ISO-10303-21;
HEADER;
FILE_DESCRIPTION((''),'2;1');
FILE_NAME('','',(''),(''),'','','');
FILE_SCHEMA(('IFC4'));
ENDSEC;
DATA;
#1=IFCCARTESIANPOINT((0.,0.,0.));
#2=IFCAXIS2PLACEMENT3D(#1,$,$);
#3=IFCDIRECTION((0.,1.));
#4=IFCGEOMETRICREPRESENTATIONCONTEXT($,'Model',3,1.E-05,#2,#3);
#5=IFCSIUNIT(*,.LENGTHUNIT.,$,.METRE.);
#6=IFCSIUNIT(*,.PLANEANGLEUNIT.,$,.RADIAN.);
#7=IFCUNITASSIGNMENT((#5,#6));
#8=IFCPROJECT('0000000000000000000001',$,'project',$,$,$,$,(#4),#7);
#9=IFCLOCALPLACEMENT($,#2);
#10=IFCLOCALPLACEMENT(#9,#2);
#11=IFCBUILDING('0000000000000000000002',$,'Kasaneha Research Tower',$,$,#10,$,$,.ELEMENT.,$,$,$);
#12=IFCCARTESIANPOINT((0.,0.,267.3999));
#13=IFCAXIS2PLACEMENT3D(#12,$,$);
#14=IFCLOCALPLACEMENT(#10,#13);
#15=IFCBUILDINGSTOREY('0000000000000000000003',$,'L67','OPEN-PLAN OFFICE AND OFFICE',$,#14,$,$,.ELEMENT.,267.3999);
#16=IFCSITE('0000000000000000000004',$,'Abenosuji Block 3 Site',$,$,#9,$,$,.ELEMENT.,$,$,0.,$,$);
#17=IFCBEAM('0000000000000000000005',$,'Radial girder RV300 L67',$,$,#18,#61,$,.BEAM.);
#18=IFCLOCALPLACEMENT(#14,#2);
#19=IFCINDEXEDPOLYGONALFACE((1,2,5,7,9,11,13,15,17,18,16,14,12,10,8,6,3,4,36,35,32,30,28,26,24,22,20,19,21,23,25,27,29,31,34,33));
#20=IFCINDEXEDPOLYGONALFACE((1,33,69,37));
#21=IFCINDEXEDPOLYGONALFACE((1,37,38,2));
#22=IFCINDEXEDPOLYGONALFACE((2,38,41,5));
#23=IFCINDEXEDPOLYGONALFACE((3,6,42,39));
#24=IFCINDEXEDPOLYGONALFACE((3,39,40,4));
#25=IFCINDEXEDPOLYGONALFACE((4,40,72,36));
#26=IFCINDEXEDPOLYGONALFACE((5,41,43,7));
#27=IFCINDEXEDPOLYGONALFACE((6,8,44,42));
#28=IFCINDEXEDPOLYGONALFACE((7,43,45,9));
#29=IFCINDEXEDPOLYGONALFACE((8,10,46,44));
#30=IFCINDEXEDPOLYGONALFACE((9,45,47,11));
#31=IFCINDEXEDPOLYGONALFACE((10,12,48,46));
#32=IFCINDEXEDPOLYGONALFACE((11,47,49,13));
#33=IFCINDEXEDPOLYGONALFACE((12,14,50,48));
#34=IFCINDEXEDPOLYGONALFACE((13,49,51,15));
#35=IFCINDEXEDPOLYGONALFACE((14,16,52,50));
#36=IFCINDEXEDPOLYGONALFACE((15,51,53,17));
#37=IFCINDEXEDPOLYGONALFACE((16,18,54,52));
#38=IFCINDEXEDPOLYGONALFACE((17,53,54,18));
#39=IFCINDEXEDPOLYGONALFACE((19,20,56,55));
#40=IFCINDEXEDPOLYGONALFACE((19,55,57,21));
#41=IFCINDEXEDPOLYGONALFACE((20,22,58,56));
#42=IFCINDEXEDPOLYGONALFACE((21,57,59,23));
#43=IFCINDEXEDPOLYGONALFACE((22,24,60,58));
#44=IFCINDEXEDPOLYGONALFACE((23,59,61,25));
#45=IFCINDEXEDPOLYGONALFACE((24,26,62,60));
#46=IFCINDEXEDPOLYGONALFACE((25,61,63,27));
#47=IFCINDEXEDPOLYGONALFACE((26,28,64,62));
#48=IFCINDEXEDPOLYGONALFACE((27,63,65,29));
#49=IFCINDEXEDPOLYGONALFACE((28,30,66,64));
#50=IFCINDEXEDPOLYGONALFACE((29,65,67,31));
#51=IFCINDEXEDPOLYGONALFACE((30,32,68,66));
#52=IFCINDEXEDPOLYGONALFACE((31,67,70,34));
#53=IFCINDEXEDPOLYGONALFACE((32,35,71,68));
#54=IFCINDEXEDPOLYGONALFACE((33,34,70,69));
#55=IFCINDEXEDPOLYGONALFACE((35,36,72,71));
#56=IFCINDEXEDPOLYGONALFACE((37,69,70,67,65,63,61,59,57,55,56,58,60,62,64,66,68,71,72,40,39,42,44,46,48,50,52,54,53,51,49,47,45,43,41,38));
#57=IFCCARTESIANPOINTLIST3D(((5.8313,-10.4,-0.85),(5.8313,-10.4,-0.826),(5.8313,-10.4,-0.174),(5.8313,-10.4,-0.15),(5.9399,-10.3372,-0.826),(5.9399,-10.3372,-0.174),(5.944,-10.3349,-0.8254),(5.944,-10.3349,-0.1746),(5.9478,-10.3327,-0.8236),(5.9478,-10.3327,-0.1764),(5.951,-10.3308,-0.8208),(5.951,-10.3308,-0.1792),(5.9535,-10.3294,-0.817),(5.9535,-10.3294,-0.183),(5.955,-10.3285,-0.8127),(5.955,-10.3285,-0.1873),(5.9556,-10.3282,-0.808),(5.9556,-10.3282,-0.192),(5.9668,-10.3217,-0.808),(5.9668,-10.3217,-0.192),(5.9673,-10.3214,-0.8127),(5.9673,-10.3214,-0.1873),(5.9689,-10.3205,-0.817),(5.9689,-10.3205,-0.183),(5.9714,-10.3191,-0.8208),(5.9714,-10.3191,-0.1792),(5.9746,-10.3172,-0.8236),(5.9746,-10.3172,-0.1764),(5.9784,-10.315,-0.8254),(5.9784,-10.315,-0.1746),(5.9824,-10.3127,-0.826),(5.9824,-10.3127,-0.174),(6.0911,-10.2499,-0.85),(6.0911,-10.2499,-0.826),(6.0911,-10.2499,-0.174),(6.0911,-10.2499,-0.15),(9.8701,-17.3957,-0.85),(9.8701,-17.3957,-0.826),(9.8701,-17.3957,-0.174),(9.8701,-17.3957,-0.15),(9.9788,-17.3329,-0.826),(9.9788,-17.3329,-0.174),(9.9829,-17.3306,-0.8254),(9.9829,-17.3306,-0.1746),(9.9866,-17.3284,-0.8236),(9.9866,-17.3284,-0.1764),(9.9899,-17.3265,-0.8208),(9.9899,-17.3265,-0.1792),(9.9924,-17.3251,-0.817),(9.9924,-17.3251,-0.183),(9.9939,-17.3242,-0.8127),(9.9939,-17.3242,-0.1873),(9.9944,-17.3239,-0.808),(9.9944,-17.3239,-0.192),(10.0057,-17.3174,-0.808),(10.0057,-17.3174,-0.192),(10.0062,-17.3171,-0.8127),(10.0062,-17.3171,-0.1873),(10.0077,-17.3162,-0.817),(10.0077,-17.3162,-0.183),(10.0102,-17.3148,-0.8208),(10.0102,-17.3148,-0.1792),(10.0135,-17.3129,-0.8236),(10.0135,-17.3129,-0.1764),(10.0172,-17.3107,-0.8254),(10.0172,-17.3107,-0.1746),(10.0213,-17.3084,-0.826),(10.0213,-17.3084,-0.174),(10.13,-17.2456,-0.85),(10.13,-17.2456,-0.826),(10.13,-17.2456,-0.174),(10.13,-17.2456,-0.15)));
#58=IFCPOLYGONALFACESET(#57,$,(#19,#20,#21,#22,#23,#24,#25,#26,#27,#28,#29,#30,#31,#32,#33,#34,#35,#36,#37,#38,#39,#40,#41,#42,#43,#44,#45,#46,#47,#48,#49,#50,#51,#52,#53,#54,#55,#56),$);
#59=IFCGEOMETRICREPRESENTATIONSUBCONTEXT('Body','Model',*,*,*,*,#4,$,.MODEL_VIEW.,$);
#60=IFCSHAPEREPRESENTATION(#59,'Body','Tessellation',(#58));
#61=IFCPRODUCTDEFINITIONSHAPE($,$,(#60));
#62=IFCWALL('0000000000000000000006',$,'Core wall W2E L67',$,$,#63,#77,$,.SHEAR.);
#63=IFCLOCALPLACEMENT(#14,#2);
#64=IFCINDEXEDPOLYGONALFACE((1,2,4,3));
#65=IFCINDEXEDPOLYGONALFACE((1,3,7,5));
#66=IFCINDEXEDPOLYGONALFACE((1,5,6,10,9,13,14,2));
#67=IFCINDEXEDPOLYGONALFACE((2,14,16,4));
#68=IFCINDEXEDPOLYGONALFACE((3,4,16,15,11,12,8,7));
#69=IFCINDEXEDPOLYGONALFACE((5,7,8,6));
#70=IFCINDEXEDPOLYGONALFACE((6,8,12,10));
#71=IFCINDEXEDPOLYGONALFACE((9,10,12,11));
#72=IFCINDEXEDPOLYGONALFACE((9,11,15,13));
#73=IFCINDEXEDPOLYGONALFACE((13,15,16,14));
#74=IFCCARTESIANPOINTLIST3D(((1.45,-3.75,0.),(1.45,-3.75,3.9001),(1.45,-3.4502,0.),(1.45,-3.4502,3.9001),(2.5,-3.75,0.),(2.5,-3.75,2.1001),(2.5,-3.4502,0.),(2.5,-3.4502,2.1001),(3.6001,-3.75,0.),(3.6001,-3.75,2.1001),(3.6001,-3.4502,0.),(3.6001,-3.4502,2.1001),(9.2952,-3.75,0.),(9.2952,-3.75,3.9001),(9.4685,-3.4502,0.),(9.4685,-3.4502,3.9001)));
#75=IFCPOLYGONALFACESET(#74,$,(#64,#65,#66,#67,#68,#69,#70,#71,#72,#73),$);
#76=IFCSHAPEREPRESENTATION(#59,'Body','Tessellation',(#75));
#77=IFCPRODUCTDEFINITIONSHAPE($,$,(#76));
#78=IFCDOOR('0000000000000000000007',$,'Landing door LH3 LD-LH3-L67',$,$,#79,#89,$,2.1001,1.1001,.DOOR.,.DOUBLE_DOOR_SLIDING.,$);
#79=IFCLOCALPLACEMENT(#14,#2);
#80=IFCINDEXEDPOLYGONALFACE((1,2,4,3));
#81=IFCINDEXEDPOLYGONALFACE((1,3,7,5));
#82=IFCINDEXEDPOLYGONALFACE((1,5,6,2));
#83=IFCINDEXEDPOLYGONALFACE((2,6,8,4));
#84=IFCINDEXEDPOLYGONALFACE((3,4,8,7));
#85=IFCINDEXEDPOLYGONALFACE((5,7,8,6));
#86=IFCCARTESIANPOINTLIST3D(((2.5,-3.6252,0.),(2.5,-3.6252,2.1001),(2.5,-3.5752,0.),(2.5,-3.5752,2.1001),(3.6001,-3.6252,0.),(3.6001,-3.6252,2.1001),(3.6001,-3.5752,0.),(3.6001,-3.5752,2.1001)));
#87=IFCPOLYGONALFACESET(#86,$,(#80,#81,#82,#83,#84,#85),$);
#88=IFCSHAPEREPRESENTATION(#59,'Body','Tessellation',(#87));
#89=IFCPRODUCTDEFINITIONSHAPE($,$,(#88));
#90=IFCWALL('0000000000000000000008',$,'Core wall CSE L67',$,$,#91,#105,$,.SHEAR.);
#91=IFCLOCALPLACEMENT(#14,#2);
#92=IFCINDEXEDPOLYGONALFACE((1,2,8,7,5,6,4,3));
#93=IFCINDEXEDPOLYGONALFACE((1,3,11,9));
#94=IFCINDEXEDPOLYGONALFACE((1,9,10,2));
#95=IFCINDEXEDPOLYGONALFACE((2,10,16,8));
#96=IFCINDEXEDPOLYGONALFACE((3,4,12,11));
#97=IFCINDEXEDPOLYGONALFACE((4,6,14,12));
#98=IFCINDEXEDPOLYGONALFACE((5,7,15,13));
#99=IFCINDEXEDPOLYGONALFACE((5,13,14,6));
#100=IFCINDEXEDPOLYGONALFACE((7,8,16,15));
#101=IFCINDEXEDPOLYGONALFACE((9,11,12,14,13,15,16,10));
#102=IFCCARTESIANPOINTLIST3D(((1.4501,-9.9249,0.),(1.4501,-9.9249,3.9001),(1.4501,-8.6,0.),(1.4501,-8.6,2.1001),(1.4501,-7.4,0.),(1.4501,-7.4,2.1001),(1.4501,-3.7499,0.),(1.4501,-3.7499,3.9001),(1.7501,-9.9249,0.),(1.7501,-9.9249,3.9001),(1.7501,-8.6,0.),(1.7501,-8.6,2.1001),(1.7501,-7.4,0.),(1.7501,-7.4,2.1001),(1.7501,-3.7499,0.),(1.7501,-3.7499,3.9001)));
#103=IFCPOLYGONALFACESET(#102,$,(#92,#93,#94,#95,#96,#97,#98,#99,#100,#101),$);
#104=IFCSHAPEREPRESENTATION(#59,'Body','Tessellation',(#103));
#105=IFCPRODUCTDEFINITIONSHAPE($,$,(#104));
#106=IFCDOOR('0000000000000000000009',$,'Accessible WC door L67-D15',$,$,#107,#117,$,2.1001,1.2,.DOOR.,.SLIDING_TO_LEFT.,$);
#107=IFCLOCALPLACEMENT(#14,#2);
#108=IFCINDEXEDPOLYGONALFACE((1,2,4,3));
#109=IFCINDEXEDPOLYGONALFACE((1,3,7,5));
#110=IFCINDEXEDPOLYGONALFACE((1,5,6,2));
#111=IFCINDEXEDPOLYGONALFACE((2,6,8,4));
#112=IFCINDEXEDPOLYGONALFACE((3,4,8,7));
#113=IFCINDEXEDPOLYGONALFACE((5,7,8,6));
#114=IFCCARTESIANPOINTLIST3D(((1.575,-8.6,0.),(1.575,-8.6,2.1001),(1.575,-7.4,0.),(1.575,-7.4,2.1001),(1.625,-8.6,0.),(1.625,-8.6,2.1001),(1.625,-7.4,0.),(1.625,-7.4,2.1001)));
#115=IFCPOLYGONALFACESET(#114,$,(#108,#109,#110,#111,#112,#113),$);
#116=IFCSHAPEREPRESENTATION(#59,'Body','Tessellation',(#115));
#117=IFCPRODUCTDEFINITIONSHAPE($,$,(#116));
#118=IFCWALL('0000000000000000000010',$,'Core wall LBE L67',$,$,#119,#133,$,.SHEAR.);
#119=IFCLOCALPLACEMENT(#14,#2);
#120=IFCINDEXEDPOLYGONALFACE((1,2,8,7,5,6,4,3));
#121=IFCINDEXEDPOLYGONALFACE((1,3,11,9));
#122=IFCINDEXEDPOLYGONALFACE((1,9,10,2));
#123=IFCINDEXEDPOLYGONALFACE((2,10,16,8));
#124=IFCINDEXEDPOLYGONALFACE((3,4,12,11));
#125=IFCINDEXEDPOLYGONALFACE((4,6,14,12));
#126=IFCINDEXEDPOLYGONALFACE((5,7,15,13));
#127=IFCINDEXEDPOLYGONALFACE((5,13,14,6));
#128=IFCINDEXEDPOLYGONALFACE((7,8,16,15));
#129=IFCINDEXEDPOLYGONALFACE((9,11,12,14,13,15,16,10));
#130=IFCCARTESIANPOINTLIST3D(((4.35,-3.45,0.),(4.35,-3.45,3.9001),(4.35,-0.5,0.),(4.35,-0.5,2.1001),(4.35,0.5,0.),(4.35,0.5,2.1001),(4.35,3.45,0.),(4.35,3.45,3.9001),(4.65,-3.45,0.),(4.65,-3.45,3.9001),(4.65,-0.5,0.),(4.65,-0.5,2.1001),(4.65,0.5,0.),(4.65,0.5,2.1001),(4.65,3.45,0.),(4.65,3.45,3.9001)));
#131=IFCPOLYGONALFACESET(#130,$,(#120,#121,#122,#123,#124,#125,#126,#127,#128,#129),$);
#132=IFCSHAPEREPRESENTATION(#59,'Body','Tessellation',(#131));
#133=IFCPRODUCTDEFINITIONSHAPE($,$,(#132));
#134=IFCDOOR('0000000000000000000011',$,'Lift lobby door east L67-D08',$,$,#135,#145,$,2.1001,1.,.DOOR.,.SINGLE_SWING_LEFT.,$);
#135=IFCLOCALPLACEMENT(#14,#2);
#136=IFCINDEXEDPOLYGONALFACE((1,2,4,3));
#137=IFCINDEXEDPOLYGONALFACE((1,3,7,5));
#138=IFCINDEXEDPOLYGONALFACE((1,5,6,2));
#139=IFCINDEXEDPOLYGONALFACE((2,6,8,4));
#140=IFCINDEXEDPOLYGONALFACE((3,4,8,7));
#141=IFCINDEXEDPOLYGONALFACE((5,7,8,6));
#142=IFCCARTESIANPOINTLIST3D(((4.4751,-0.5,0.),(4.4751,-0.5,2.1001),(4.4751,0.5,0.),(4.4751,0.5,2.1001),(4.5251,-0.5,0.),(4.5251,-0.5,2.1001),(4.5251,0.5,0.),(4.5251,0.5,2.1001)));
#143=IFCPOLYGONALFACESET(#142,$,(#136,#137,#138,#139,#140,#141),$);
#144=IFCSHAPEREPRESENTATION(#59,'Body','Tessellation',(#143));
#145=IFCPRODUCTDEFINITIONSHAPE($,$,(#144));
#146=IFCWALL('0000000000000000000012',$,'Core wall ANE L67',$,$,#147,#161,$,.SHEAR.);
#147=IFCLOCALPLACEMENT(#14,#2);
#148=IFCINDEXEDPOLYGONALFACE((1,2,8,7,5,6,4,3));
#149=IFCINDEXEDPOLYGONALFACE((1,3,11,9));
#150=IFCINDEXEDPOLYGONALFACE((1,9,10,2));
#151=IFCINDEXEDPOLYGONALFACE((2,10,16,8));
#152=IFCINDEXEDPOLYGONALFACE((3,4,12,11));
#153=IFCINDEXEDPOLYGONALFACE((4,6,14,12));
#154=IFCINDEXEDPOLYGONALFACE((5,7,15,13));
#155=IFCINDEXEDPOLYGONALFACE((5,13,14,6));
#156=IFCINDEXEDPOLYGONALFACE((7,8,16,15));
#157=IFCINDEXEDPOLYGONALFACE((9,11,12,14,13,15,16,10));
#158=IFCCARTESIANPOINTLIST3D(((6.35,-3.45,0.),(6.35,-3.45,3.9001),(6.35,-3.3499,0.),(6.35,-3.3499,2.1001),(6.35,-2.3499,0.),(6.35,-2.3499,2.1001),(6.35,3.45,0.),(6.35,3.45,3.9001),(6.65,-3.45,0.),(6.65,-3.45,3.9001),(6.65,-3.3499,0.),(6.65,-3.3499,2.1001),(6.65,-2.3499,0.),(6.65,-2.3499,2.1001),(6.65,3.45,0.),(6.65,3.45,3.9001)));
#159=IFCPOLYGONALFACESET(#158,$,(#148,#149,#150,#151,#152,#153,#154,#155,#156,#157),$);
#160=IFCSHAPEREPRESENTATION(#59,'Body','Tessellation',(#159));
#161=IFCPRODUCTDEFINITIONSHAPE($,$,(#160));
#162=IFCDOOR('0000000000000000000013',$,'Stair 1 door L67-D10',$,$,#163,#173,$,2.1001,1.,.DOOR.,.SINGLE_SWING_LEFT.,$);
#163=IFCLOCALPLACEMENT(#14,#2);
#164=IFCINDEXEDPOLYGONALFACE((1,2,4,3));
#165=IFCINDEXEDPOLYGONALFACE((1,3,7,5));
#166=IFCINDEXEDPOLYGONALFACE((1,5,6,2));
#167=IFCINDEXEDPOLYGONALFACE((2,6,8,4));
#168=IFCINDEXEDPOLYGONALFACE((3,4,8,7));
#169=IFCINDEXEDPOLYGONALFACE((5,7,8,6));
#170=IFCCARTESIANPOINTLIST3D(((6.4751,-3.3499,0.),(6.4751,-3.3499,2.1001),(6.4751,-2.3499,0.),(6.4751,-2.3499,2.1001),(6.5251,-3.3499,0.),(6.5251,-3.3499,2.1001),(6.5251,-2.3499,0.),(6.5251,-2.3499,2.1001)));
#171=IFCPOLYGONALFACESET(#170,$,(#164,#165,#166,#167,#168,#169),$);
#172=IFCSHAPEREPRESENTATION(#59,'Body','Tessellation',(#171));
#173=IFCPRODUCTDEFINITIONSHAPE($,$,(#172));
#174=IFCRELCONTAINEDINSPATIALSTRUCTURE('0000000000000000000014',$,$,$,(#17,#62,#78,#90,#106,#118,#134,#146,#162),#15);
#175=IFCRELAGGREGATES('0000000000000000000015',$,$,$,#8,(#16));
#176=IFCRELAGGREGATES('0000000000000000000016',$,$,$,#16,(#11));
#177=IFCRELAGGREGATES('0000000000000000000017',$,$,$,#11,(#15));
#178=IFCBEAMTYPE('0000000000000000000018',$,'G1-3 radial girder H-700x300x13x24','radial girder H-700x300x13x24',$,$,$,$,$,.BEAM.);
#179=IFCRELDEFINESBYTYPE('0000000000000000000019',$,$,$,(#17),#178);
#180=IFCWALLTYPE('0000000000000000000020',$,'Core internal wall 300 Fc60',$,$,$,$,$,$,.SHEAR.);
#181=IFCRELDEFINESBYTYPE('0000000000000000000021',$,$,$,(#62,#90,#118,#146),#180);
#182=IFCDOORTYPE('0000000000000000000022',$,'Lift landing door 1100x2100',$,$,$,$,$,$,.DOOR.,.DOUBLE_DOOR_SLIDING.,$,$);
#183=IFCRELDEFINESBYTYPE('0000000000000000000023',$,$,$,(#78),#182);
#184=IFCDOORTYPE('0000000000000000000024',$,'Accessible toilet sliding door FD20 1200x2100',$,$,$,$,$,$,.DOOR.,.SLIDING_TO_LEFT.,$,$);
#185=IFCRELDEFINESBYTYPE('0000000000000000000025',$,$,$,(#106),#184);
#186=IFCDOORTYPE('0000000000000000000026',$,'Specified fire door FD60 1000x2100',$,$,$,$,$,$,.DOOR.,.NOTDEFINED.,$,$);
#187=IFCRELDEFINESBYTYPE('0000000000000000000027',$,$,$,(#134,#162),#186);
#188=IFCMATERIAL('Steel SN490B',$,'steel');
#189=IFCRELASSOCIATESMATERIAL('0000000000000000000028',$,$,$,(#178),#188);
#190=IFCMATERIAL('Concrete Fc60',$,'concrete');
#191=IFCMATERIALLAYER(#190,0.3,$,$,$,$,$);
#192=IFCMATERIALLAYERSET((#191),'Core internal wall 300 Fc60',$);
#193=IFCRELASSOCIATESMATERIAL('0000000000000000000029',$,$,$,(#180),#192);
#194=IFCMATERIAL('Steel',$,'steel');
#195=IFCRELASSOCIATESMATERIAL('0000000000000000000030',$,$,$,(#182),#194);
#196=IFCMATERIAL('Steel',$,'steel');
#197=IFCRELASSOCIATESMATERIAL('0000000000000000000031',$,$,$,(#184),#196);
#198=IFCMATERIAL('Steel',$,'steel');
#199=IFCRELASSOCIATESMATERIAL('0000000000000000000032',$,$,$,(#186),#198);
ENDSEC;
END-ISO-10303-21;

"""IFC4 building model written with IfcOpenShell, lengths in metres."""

from ifc_helpers import new_model, si_unit, direction, frame, frame_2d, origin, origin_2d, place, context, subcontext, project, spatial, polyline, rectangle, i_section, outline, extrude, material, layer, layer_set, material_profile, profile_set, type_object, element, fill, save


model = new_model("IFC4")

# Units and contexts
model_context = context("Model", 3, precision=1e-05, world=origin(), true_north=direction((0.0, 1.0)))
body_context = subcontext(model_context, "Body", "Model", "MODEL_VIEW")
ifc_project = project(units=[si_unit("LENGTHUNIT", "METRE"), si_unit("PLANEANGLEUNIT", "RADIAN")], contexts=[model_context])

# Site, building, storey
site_placement = place(None, origin())
site = spatial("IfcSite", under=ifc_project, at=site_placement, Name="Abenosuji Block 3 Site", CompositionType="ELEMENT", RefElevation=0.0)
building_placement = place(site_placement, origin())
building = spatial("IfcBuilding", under=site, at=building_placement, Name="Kasaneha Research Tower", CompositionType="ELEMENT")
storey_placement = place(building_placement, frame((0.0, 0.0, 267.3999)))
storey = spatial("IfcBuildingStorey", under=building, at=storey_placement, Name="L67", Description="OPEN-PLAN OFFICE AND OFFICE", CompositionType="ELEMENT", Elevation=267.3999)

# Beam
ifc_material_1 = material(Name="Steel SN490B", Category="steel")
ifc_material_profile = material_profile(ifc_material_1, i_section(OverallWidth=0.3, OverallDepth=0.7, WebThickness=0.0129, FlangeThickness=0.0239, FilletRadius=0.0181, at=origin_2d()), Name="H-700x300x13x24")
ifc_profile_set = profile_set([ifc_material_profile], Name="Steel SN490B")
beam_type = type_object("IfcBeamType", Name="G1-3 radial girder H-700x300x13x24", Description="radial girder H-700x300x13x24", PredefinedType="BEAM", material=ifc_profile_set)
beam_placement = place(storey_placement, frame((5.9612, -10.325, -0.5), z_axis=(0.499991, -0.866031, 0.0), x_axis=(0.866031, 0.499991, 0.0)))
element("IfcBeam", 1, at=beam_placement, inside=storey, type_object=beam_type, Name="Radial girder RV300 L67", PredefinedType="BEAM", context=body_context, shape_type="SweptSolid", body=[
    extrude(i_section(OverallWidth=0.3, OverallDepth=0.7, WebThickness=0.0129, FlangeThickness=0.0239, FilletRadius=0.0181, at=origin_2d()), origin(), (0.0, 0.0, 1.0), 8.0779),
])

# Walls, openings, doors
ifc_material_2 = material(Name="Concrete Fc60", Category="concrete")
ifc_layer_1 = layer(ifc_material_2, 0.3)
ifc_layer_set_1 = layer_set([ifc_layer_1], Name="Core internal wall 300 Fc60")
wall_type_1 = type_object("IfcWallType", Name="Core internal wall 300 Fc60", PredefinedType="SHEAR", material=ifc_layer_set_1)
wall_1_placement = place(storey_placement, frame((1.45, -3.6001, 0.0), z_axis=(0.0, 0.0, 1.0), x_axis=(1.0, 0.0, 0.0)))
wall_1 = element("IfcWall", 2, at=wall_1_placement, inside=storey, type_object=wall_type_1, Name="Core wall W2E L67", PredefinedType="SHEAR", context=body_context, shape_type="SweptSolid", body=[
    extrude(outline(polyline([(0.0, -0.1499), (1.05, -0.1499), (2.1501, -0.1499), (7.8452, -0.1499), (8.0186, 0.1499), (2.1501, 0.1499), (1.05, 0.1499), (0.0, 0.1499), (0.0, -0.1499)])), origin(), (0.0, 0.0, 1.0), 3.9001),
])
opening_1_placement = place(wall_1_placement, frame((1.05, 0.0, 0.0)))
opening_1 = element("IfcOpeningElement", 3, at=opening_1_placement, cuts=wall_1, PredefinedType="OPENING", context=body_context, shape_type="SweptSolid", body=[
    extrude(rectangle(XDim=1.1001, YDim=2.1001, at=frame_2d((0.55, 1.05))), frame((0.0, 0.1602, 0.0), z_axis=(0.0, -1.0, 0.0), x_axis=(1.0, 0.0, 0.0)), (0.0, 0.0, 1.0), 0.3201),
])
ifc_material_3 = material(Name="Steel", Category="steel")
door_type_1 = type_object("IfcDoorType", Name="Lift landing door 1100x2100", OperationType="DOUBLE_DOOR_SLIDING", PredefinedType="DOOR", material=ifc_material_3)
door_1_placement = place(opening_1_placement, origin())
door_1 = element("IfcDoor", 4, at=door_1_placement, inside=storey, type_object=door_type_1, Name="Landing door LH3 LD-LH3-L67", OperationType="DOUBLE_DOOR_SLIDING", OverallHeight=2.1001, OverallWidth=1.1001, PredefinedType="DOOR", context=body_context, shape_type="SweptSolid", body=[
    extrude(rectangle(XDim=1.1001, YDim=2.1001, at=frame_2d((0.55, 1.05))), frame((0.0, 0.0249, 0.0), z_axis=(0.0, -1.0, 0.0), x_axis=(1.0, 0.0, 0.0)), (0.0, 0.0, 1.0), 0.05),
])
fill(opening_1, door_1)
wall_2_placement = place(storey_placement, frame((1.6001, -3.75, 0.0), z_axis=(0.0, 0.0, 1.0), x_axis=(0.0, -1.0, 0.0)))
wall_2 = element("IfcWall", 5, at=wall_2_placement, inside=storey, type_object=wall_type_1, Name="Core wall CSE L67", PredefinedType="SHEAR", context=body_context, shape_type="SweptSolid", body=[
    extrude(rectangle(XDim=6.175, YDim=0.3, at=frame_2d((3.0874, 0.0))), origin(), (0.0, 0.0, 1.0), 3.9001),
])
opening_2_placement = place(wall_2_placement, frame((3.6499, 0.0, 0.0)))
opening_2 = element("IfcOpeningElement", 6, at=opening_2_placement, cuts=wall_2, PredefinedType="OPENING", context=body_context, shape_type="SweptSolid", body=[
    extrude(rectangle(XDim=1.2, YDim=2.1001, at=frame_2d((0.6001, 1.05))), frame((0.0, 0.1602, 0.0), z_axis=(0.0, -1.0, 0.0), x_axis=(1.0, 0.0, 0.0)), (0.0, 0.0, 1.0), 0.3201),
])
ifc_material_4 = material(Name="Steel", Category="steel")
door_type_2 = type_object("IfcDoorType", Name="Accessible toilet sliding door FD20 1200x2100", OperationType="SLIDING_TO_LEFT", PredefinedType="DOOR", material=ifc_material_4)
door_2_placement = place(opening_2_placement, origin())
door_2 = element("IfcDoor", 7, at=door_2_placement, inside=storey, type_object=door_type_2, Name="Accessible WC door L67-D15", OperationType="SLIDING_TO_LEFT", OverallHeight=2.1001, OverallWidth=1.2, PredefinedType="DOOR", context=body_context, shape_type="SweptSolid", body=[
    extrude(rectangle(XDim=1.2, YDim=2.1001, at=frame_2d((0.6001, 1.05))), frame((0.0, 0.0249, 0.0), z_axis=(0.0, -1.0, 0.0), x_axis=(1.0, 0.0, 0.0)), (0.0, 0.0, 1.0), 0.05),
])
fill(opening_2, door_2)
wall_3_placement = place(storey_placement, frame((4.5, -3.45, 0.0), z_axis=(0.0, 0.0, 1.0), x_axis=(0.0, 1.0, 0.0)))
wall_3 = element("IfcWall", 8, at=wall_3_placement, inside=storey, type_object=wall_type_1, Name="Core wall LBE L67", PredefinedType="SHEAR", context=body_context, shape_type="SweptSolid", body=[
    extrude(rectangle(XDim=6.8999, YDim=0.3, at=frame_2d((3.45, 0.0))), origin(), (0.0, 0.0, 1.0), 3.9001),
])
opening_3_placement = place(wall_3_placement, frame((2.95, 0.0, 0.0)))
opening_3 = element("IfcOpeningElement", 9, at=opening_3_placement, cuts=wall_3, PredefinedType="OPENING", context=body_context, shape_type="SweptSolid", body=[
    extrude(rectangle(XDim=1.0, YDim=2.1001, at=frame_2d((0.5, 1.05))), frame((0.0, 0.1602, 0.0), z_axis=(0.0, -1.0, 0.0), x_axis=(1.0, 0.0, 0.0)), (0.0, 0.0, 1.0), 0.3201),
])
ifc_material_5 = material(Name="Steel", Category="steel")
door_type_3 = type_object("IfcDoorType", Name="Specified fire door FD60 1000x2100", OperationType="NOTDEFINED", PredefinedType="DOOR", material=ifc_material_5)
door_3_placement = place(opening_3_placement, origin())
door_3 = element("IfcDoor", 10, at=door_3_placement, inside=storey, type_object=door_type_3, Name="Lift lobby door east L67-D08", OperationType="SINGLE_SWING_LEFT", OverallHeight=2.1001, OverallWidth=1.0, PredefinedType="DOOR", context=body_context, shape_type="SweptSolid", body=[
    extrude(rectangle(XDim=1.0, YDim=2.1001, at=frame_2d((0.5, 1.05))), frame((0.0, 0.0249, 0.0), z_axis=(0.0, -1.0, 0.0), x_axis=(1.0, 0.0, 0.0)), (0.0, 0.0, 1.0), 0.05),
])
fill(opening_3, door_3)
wall_4_placement = place(storey_placement, frame((6.5, -3.45, 0.0), z_axis=(0.0, 0.0, 1.0), x_axis=(0.0, 1.0, 0.0)))
wall_4 = element("IfcWall", 11, at=wall_4_placement, inside=storey, type_object=wall_type_1, Name="Core wall ANE L67", PredefinedType="SHEAR", context=body_context, shape_type="SweptSolid", body=[
    extrude(rectangle(XDim=6.8999, YDim=0.3, at=frame_2d((3.45, 0.0))), origin(), (0.0, 0.0, 1.0), 3.9001),
])
opening_4_placement = place(wall_4_placement, frame((0.1001, 0.0, 0.0)))
opening_4 = element("IfcOpeningElement", 12, at=opening_4_placement, cuts=wall_4, PredefinedType="OPENING", context=body_context, shape_type="SweptSolid", body=[
    extrude(rectangle(XDim=1.0, YDim=2.1001, at=frame_2d((0.5, 1.05))), frame((0.0, 0.1602, 0.0), z_axis=(0.0, -1.0, 0.0), x_axis=(1.0, 0.0, 0.0)), (0.0, 0.0, 1.0), 0.3201),
])
door_4_placement = place(opening_4_placement, origin())
door_4 = element("IfcDoor", 13, at=door_4_placement, inside=storey, type_object=door_type_3, Name="Stair 1 door L67-D10", OperationType="SINGLE_SWING_LEFT", OverallHeight=2.1001, OverallWidth=1.0, PredefinedType="DOOR", context=body_context, shape_type="SweptSolid", body=[
    extrude(rectangle(XDim=1.0, YDim=2.1001, at=frame_2d((0.5, 1.05))), frame((0.0, 0.0249, 0.0), z_axis=(0.0, -1.0, 0.0), x_axis=(1.0, 0.0, 0.0)), (0.0, 0.0, 1.0), 0.05),
])
fill(opening_4, door_4)

save(model, "model.ifc")
